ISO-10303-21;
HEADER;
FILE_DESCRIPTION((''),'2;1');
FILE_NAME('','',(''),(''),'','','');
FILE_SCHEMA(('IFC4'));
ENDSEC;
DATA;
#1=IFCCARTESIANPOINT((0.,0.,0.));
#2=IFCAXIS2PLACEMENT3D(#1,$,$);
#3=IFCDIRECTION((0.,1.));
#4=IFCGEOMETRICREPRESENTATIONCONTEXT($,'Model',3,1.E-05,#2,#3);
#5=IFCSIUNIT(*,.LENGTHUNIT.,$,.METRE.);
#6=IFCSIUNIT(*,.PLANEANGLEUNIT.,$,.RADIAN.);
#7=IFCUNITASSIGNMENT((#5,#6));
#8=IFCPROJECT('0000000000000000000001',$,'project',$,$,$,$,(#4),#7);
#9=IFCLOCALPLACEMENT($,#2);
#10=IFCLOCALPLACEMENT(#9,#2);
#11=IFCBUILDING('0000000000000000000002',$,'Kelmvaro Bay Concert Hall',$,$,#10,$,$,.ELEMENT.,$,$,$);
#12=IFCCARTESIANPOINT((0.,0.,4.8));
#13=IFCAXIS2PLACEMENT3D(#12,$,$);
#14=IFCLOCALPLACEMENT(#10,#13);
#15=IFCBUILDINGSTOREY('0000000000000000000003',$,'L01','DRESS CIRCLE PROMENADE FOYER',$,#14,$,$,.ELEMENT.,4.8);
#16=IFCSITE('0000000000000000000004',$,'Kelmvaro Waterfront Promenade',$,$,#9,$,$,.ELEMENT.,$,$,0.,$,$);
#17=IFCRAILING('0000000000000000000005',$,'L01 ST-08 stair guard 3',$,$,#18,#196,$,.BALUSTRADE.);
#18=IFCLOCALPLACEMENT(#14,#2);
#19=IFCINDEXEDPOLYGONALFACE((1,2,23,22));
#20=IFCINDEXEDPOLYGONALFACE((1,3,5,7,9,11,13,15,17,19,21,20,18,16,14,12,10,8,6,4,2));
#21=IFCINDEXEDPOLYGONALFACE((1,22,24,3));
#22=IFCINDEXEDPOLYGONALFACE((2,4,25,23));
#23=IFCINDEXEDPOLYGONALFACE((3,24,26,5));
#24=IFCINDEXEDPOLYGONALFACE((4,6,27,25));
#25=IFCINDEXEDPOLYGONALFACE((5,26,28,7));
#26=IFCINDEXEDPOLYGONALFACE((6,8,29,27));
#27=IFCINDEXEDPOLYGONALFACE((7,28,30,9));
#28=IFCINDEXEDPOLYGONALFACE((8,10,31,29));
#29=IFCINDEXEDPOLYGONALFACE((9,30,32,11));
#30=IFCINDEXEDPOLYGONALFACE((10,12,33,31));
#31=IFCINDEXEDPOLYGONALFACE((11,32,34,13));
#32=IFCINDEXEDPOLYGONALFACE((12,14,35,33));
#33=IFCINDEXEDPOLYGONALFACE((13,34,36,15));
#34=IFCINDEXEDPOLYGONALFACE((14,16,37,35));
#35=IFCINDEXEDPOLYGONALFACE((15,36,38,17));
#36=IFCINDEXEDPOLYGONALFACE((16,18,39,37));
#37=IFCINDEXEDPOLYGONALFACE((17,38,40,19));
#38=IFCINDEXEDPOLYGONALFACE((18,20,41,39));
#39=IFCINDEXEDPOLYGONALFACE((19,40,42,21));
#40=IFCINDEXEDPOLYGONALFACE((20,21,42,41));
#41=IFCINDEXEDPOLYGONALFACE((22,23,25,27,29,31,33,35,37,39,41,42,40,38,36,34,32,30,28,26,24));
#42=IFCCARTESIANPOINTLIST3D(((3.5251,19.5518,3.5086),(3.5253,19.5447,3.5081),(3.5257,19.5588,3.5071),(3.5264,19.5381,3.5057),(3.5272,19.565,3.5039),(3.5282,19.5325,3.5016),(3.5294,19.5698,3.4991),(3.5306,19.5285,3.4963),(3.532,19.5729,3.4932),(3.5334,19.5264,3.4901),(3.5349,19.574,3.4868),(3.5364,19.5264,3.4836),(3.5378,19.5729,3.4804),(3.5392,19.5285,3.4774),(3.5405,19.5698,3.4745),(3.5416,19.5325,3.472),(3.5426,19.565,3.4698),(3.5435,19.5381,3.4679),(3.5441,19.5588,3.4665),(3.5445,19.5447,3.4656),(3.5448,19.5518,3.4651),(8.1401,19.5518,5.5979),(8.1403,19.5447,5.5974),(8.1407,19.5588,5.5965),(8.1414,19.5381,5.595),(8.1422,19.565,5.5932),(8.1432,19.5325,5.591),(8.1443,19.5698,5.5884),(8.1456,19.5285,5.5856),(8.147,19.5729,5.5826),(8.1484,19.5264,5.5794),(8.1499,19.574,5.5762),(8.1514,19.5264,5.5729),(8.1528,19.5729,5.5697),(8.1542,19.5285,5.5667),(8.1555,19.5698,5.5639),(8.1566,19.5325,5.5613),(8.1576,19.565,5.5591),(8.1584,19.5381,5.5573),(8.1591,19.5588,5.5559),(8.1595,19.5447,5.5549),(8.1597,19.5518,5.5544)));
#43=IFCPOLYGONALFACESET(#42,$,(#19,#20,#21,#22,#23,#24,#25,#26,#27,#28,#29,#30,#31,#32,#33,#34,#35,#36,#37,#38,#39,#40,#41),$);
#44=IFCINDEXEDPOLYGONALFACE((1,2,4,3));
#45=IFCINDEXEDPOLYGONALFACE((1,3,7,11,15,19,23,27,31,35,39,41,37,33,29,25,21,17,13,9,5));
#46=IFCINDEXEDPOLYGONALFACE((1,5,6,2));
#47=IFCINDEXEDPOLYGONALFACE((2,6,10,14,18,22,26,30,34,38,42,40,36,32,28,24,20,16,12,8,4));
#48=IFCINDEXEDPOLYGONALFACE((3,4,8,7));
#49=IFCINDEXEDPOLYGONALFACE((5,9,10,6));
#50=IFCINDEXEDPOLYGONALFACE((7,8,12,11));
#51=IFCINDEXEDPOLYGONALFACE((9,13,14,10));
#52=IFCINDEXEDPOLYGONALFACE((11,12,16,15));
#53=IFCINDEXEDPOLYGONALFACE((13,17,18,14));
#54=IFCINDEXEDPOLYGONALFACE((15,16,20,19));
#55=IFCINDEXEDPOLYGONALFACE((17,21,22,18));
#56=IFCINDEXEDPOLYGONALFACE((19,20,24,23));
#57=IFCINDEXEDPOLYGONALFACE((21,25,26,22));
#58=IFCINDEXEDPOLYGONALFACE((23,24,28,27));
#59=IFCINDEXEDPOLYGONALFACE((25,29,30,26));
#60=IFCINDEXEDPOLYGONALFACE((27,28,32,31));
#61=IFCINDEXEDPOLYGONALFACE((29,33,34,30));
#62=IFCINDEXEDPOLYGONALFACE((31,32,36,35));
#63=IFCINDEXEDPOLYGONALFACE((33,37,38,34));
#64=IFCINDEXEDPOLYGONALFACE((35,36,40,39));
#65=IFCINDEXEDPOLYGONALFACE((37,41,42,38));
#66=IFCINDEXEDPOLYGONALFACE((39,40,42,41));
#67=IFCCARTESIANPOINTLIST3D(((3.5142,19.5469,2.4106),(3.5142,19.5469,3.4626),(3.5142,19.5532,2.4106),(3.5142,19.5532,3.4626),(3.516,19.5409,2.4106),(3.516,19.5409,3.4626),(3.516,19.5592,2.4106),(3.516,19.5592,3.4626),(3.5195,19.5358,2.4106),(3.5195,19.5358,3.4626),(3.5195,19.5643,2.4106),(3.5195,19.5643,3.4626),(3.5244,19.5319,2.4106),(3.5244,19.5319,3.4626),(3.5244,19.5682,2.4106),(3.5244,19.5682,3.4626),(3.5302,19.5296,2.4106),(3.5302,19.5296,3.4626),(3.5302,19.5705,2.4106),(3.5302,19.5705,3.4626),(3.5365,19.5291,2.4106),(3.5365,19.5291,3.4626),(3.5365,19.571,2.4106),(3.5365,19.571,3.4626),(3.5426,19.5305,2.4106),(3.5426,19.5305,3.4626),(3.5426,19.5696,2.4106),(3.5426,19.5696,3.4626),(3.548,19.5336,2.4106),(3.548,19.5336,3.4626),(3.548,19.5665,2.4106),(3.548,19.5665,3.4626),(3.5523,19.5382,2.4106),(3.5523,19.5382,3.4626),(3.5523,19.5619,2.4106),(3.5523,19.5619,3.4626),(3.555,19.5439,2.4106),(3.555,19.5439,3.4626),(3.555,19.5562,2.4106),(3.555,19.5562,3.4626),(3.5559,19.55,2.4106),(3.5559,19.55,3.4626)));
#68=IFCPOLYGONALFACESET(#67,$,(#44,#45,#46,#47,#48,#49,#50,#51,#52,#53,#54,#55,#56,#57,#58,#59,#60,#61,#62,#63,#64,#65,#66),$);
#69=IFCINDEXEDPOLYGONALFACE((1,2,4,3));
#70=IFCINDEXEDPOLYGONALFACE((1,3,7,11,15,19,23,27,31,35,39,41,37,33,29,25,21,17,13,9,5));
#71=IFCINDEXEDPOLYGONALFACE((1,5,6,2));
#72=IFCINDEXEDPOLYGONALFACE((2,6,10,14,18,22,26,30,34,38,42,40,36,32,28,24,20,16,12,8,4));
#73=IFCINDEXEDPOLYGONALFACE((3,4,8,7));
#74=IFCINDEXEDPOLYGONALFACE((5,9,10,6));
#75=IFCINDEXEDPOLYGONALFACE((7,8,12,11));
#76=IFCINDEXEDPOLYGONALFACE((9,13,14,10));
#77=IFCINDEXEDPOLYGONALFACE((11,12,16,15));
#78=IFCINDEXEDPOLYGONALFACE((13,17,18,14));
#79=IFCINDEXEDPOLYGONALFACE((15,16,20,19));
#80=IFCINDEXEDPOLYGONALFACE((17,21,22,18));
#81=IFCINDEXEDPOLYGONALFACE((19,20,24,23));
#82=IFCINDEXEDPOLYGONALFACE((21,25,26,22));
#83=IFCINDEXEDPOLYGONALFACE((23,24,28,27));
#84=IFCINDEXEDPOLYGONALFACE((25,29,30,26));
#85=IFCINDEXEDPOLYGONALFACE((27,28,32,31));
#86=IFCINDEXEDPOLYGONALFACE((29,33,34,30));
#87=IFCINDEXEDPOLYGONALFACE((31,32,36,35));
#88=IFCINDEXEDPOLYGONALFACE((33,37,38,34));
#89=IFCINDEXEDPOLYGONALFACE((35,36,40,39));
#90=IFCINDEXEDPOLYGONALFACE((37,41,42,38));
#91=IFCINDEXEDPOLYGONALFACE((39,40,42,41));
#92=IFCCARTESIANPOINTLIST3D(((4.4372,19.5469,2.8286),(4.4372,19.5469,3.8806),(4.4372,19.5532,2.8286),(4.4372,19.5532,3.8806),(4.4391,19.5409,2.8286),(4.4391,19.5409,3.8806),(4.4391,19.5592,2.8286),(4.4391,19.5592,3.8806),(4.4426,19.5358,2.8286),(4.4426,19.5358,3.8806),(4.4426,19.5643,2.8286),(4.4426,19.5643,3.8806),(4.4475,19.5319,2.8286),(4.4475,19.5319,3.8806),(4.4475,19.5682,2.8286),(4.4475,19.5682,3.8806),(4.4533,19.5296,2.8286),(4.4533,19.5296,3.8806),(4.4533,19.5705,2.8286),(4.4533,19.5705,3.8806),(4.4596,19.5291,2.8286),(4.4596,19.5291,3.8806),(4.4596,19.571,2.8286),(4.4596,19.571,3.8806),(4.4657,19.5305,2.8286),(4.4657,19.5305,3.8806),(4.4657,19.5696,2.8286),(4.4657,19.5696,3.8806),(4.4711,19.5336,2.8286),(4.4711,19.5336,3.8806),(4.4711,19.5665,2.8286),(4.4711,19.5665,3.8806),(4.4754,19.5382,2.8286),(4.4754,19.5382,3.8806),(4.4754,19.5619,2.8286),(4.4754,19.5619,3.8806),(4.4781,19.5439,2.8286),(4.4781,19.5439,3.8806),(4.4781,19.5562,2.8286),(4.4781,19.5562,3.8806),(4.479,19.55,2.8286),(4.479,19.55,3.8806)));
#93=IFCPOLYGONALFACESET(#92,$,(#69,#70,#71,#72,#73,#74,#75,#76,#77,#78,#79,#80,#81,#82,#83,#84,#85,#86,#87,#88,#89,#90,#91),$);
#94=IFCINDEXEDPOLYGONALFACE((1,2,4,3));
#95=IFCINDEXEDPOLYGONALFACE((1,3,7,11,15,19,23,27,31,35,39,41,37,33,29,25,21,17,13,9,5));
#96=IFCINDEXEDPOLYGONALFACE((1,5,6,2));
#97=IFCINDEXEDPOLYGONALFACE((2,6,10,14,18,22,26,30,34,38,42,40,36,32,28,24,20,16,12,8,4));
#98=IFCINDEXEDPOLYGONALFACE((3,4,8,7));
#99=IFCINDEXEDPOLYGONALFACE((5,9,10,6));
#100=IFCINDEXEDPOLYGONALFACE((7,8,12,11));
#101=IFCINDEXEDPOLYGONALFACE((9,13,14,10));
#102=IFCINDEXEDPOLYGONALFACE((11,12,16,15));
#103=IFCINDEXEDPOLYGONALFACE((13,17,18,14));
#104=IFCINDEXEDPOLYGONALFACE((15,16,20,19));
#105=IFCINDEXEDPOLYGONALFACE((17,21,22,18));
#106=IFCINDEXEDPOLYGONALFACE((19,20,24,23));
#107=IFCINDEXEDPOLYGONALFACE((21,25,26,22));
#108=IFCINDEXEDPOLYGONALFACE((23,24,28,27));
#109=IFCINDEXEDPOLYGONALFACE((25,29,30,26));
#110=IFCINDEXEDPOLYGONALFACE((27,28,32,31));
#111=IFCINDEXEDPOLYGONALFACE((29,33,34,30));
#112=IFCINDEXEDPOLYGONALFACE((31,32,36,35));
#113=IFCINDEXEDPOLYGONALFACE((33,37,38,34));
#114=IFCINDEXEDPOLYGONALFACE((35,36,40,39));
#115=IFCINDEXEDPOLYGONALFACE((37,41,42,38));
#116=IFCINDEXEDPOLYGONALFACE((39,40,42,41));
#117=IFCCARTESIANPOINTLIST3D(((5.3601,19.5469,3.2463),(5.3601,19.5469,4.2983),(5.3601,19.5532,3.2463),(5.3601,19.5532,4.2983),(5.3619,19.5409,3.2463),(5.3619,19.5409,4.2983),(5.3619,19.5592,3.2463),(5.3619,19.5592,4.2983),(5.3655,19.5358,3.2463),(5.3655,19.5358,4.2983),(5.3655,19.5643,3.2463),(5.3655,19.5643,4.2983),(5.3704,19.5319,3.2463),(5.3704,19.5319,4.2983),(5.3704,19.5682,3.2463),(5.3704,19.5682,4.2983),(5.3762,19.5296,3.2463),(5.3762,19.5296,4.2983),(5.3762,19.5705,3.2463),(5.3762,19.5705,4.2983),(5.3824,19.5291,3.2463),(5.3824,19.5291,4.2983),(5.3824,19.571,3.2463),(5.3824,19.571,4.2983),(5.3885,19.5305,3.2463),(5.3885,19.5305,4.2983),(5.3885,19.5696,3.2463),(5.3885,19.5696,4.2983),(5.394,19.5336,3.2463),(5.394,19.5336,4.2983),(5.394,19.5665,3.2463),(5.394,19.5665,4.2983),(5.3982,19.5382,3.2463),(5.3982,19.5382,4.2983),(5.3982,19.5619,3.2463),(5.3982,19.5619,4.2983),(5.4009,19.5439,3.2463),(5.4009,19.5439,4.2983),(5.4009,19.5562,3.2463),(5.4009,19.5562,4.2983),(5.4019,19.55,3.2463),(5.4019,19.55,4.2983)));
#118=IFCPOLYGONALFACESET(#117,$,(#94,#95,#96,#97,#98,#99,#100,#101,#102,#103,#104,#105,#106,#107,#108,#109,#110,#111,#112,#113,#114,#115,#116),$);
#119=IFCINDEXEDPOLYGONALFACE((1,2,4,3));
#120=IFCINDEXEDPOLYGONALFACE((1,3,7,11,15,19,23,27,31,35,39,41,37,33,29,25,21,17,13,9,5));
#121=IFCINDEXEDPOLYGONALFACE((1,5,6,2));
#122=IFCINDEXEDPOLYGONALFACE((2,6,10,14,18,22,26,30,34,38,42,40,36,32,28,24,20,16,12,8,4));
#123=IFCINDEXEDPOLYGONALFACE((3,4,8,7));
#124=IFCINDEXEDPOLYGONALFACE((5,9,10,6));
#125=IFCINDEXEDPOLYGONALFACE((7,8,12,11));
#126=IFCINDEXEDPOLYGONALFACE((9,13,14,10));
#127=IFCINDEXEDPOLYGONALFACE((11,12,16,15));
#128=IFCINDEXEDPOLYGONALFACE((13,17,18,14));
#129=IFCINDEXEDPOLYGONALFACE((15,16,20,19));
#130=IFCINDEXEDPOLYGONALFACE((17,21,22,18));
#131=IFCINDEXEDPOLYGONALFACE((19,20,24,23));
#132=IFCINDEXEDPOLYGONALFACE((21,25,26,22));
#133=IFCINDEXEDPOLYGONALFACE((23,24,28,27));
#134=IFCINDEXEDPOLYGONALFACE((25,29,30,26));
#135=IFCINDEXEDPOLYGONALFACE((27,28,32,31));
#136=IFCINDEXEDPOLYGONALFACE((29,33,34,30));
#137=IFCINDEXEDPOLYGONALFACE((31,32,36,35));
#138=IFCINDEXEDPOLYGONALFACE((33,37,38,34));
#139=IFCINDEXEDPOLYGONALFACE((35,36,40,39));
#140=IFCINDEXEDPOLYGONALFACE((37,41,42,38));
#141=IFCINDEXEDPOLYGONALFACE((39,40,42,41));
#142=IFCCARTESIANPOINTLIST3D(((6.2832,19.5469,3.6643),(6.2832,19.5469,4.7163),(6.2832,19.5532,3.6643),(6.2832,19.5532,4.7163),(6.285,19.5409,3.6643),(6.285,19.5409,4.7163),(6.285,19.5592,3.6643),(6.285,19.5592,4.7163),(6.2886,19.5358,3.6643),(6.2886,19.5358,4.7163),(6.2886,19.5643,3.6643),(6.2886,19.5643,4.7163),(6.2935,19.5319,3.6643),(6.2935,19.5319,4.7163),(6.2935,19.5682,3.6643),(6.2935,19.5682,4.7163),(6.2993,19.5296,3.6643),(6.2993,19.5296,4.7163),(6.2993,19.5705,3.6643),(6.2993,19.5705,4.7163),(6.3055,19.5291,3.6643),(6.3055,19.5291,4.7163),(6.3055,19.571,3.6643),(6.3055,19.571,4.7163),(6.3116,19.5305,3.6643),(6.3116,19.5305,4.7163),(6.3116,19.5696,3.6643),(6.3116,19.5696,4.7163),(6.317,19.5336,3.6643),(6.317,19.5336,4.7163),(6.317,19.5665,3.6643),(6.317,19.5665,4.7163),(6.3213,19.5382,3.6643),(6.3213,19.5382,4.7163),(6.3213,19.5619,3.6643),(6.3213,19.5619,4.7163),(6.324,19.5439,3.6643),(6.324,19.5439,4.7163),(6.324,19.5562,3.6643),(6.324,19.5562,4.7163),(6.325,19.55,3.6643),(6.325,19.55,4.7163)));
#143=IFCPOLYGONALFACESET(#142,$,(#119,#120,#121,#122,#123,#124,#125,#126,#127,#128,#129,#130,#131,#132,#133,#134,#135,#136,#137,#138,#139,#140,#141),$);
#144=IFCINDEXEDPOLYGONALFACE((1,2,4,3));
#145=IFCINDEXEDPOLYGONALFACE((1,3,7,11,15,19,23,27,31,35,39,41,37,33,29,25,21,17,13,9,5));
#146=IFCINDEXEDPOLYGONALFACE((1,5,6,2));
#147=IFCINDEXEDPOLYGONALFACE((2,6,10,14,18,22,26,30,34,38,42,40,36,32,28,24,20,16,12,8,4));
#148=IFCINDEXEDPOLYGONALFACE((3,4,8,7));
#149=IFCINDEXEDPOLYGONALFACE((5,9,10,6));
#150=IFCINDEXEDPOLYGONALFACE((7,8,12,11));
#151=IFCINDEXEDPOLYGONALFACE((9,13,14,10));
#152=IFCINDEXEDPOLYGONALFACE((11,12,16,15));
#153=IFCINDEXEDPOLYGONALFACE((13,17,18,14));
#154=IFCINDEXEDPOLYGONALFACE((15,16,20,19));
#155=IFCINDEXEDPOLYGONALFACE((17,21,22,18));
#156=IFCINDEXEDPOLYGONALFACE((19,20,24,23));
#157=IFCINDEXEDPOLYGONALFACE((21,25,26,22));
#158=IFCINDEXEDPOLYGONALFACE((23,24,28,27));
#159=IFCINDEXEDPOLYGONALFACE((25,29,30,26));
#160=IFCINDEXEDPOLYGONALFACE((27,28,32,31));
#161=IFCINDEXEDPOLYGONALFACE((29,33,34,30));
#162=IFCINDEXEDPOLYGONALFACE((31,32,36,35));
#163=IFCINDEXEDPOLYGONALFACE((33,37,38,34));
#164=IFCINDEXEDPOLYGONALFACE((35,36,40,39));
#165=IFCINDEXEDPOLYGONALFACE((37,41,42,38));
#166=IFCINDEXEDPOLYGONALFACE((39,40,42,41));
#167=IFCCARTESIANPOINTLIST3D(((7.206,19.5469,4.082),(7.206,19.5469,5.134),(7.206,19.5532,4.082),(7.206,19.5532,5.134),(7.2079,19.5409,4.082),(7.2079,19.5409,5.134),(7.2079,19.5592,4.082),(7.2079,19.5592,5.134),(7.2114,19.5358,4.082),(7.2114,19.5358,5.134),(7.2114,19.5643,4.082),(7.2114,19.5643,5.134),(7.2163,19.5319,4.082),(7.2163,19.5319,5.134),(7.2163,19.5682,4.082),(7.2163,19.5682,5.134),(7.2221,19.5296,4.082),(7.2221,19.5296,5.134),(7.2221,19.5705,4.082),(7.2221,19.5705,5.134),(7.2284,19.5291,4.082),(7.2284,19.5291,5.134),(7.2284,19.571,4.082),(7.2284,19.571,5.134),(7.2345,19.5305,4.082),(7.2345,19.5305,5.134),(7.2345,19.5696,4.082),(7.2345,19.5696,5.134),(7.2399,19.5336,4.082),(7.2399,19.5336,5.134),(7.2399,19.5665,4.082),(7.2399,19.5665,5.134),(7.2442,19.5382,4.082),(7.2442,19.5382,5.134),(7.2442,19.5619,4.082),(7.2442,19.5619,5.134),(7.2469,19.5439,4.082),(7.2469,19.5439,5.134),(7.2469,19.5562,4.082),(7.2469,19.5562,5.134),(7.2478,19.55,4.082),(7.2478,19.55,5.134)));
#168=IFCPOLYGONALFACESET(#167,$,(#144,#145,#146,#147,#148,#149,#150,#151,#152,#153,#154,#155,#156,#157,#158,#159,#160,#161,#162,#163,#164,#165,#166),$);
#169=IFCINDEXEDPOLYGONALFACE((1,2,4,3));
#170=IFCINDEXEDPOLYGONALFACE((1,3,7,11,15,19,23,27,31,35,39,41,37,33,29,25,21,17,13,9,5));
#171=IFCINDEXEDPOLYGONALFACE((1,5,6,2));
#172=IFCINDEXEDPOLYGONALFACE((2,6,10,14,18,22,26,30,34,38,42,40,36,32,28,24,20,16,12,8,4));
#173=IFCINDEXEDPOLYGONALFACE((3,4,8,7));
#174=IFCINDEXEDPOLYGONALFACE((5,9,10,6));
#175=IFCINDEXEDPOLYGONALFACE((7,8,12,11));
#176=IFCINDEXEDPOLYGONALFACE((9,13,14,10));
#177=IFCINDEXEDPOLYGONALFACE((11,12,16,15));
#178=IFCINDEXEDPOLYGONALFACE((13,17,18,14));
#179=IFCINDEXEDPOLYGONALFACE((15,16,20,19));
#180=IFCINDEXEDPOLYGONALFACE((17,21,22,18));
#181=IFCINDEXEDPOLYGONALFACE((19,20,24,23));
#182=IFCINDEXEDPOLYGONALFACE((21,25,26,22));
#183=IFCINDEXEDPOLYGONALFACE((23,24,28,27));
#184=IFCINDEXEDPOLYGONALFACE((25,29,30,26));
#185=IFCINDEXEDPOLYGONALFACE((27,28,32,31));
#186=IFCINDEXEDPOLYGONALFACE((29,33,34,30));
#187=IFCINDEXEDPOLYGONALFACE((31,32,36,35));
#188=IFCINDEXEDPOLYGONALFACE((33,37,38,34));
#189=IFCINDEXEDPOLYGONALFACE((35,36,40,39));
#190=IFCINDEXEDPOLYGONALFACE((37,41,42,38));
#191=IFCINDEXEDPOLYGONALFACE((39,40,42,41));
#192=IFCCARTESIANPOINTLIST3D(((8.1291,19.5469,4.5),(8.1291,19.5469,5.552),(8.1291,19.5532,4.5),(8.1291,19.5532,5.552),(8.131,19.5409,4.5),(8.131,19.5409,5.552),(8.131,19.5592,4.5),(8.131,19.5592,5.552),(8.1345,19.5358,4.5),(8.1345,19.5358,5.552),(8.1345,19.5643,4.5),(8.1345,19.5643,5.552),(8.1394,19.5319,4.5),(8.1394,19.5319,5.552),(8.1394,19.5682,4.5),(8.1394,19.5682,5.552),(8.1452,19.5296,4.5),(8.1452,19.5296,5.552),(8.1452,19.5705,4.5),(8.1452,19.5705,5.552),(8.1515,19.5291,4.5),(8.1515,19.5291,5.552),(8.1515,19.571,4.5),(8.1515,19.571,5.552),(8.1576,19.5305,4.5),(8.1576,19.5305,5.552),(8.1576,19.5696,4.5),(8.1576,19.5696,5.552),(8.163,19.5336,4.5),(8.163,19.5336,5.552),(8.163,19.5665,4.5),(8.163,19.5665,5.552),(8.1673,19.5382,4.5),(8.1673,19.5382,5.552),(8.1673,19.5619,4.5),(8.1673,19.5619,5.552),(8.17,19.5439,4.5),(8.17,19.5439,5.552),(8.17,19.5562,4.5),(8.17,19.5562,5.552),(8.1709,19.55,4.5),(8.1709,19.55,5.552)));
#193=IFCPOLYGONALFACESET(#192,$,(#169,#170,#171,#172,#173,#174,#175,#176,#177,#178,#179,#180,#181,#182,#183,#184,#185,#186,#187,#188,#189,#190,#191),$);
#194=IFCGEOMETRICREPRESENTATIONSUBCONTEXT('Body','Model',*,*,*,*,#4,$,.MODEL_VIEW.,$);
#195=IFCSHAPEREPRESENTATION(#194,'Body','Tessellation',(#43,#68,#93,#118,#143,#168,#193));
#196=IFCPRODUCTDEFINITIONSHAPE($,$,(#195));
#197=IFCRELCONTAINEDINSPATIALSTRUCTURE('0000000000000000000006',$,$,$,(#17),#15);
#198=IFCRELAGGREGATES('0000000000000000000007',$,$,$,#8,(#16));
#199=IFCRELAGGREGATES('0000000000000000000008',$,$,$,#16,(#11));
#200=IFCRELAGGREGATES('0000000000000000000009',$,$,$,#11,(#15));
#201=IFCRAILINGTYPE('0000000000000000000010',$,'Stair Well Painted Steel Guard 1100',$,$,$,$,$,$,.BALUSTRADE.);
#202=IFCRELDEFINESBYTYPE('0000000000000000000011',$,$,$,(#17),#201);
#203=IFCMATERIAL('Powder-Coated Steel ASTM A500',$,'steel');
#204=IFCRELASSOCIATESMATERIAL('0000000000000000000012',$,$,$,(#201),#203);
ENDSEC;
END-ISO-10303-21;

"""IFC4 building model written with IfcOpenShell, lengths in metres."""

from ifc_helpers import new_model, si_unit, direction, frame, origin, origin_2d, place, context, subcontext, project, spatial, circle, extrude, material, type_object, element, save


model = new_model("IFC4")

# Units and contexts
model_context = context("Model", 3, precision=1e-05, world=origin(), true_north=direction((0.0, 1.0)))
body_context = subcontext(model_context, "Body", "Model", "MODEL_VIEW")
ifc_project = project(units=[si_unit("LENGTHUNIT", "METRE"), si_unit("PLANEANGLEUNIT", "RADIAN")], contexts=[model_context])

# Site, building, storey
site_placement = place(None, origin())
site = spatial("IfcSite", under=ifc_project, at=site_placement, Name="Kelmvaro Waterfront Promenade", CompositionType="ELEMENT", RefElevation=0.0)
building_placement = place(site_placement, origin())
building = spatial("IfcBuilding", under=site, at=building_placement, Name="Kelmvaro Bay Concert Hall", CompositionType="ELEMENT")
storey_placement = place(building_placement, frame((0.0, 0.0, 4.8)))
storey = spatial("IfcBuildingStorey", under=building, at=storey_placement, Name="L01", Description="DRESS CIRCLE PROMENADE FOYER", CompositionType="ELEMENT", Elevation=4.8)

# Railing
ifc_material_1 = material(Name="Powder-Coated Steel ASTM A500", Category="steel")
railing_type_1 = type_object("IfcRailingType", Name="Stair Well Painted Steel Guard 1100", PredefinedType="BALUSTRADE", material=ifc_material_1)
railing_1_placement = place(storey_placement, frame((3.5349, 19.55, 2.4106)))
element("IfcRailing", 1, at=railing_1_placement, inside=storey, type_object=railing_type_1, Name="L01 ST-08 stair guard 3", PredefinedType="BALUSTRADE", context=body_context, shape_type="SweptSolid", body=[
    extrude(circle(Radius=0.0239, at=origin_2d()), frame((0.0, 0.0, 1.0762), z_axis=(0.910988, 0.0, 0.412434), x_axis=(0.0, 1.0, 0.0)), (0.0, 0.0, 1.0), 5.0659),
    extrude(circle(Radius=0.021, at=origin_2d()), origin(), (0.0, 0.0, 1.0), 1.052),
    extrude(circle(Radius=0.021, at=origin_2d()), frame((0.9231, 0.0, 0.418)), (0.0, 0.0, 1.0), 1.052),
    extrude(circle(Radius=0.021, at=origin_2d()), frame((1.8459, 0.0, 0.8357)), (0.0, 0.0, 1.0), 1.052),
    extrude(circle(Radius=0.021, at=origin_2d()), frame((2.769, 0.0, 1.2537)), (0.0, 0.0, 1.0), 1.052),
    extrude(circle(Radius=0.021, at=origin_2d()), frame((3.6919, 0.0, 1.6714)), (0.0, 0.0, 1.0), 1.052),
    extrude(circle(Radius=0.021, at=origin_2d()), frame((4.615, 0.0, 2.0894)), (0.0, 0.0, 1.0), 1.052),
])

save(model, "model.ifc")
